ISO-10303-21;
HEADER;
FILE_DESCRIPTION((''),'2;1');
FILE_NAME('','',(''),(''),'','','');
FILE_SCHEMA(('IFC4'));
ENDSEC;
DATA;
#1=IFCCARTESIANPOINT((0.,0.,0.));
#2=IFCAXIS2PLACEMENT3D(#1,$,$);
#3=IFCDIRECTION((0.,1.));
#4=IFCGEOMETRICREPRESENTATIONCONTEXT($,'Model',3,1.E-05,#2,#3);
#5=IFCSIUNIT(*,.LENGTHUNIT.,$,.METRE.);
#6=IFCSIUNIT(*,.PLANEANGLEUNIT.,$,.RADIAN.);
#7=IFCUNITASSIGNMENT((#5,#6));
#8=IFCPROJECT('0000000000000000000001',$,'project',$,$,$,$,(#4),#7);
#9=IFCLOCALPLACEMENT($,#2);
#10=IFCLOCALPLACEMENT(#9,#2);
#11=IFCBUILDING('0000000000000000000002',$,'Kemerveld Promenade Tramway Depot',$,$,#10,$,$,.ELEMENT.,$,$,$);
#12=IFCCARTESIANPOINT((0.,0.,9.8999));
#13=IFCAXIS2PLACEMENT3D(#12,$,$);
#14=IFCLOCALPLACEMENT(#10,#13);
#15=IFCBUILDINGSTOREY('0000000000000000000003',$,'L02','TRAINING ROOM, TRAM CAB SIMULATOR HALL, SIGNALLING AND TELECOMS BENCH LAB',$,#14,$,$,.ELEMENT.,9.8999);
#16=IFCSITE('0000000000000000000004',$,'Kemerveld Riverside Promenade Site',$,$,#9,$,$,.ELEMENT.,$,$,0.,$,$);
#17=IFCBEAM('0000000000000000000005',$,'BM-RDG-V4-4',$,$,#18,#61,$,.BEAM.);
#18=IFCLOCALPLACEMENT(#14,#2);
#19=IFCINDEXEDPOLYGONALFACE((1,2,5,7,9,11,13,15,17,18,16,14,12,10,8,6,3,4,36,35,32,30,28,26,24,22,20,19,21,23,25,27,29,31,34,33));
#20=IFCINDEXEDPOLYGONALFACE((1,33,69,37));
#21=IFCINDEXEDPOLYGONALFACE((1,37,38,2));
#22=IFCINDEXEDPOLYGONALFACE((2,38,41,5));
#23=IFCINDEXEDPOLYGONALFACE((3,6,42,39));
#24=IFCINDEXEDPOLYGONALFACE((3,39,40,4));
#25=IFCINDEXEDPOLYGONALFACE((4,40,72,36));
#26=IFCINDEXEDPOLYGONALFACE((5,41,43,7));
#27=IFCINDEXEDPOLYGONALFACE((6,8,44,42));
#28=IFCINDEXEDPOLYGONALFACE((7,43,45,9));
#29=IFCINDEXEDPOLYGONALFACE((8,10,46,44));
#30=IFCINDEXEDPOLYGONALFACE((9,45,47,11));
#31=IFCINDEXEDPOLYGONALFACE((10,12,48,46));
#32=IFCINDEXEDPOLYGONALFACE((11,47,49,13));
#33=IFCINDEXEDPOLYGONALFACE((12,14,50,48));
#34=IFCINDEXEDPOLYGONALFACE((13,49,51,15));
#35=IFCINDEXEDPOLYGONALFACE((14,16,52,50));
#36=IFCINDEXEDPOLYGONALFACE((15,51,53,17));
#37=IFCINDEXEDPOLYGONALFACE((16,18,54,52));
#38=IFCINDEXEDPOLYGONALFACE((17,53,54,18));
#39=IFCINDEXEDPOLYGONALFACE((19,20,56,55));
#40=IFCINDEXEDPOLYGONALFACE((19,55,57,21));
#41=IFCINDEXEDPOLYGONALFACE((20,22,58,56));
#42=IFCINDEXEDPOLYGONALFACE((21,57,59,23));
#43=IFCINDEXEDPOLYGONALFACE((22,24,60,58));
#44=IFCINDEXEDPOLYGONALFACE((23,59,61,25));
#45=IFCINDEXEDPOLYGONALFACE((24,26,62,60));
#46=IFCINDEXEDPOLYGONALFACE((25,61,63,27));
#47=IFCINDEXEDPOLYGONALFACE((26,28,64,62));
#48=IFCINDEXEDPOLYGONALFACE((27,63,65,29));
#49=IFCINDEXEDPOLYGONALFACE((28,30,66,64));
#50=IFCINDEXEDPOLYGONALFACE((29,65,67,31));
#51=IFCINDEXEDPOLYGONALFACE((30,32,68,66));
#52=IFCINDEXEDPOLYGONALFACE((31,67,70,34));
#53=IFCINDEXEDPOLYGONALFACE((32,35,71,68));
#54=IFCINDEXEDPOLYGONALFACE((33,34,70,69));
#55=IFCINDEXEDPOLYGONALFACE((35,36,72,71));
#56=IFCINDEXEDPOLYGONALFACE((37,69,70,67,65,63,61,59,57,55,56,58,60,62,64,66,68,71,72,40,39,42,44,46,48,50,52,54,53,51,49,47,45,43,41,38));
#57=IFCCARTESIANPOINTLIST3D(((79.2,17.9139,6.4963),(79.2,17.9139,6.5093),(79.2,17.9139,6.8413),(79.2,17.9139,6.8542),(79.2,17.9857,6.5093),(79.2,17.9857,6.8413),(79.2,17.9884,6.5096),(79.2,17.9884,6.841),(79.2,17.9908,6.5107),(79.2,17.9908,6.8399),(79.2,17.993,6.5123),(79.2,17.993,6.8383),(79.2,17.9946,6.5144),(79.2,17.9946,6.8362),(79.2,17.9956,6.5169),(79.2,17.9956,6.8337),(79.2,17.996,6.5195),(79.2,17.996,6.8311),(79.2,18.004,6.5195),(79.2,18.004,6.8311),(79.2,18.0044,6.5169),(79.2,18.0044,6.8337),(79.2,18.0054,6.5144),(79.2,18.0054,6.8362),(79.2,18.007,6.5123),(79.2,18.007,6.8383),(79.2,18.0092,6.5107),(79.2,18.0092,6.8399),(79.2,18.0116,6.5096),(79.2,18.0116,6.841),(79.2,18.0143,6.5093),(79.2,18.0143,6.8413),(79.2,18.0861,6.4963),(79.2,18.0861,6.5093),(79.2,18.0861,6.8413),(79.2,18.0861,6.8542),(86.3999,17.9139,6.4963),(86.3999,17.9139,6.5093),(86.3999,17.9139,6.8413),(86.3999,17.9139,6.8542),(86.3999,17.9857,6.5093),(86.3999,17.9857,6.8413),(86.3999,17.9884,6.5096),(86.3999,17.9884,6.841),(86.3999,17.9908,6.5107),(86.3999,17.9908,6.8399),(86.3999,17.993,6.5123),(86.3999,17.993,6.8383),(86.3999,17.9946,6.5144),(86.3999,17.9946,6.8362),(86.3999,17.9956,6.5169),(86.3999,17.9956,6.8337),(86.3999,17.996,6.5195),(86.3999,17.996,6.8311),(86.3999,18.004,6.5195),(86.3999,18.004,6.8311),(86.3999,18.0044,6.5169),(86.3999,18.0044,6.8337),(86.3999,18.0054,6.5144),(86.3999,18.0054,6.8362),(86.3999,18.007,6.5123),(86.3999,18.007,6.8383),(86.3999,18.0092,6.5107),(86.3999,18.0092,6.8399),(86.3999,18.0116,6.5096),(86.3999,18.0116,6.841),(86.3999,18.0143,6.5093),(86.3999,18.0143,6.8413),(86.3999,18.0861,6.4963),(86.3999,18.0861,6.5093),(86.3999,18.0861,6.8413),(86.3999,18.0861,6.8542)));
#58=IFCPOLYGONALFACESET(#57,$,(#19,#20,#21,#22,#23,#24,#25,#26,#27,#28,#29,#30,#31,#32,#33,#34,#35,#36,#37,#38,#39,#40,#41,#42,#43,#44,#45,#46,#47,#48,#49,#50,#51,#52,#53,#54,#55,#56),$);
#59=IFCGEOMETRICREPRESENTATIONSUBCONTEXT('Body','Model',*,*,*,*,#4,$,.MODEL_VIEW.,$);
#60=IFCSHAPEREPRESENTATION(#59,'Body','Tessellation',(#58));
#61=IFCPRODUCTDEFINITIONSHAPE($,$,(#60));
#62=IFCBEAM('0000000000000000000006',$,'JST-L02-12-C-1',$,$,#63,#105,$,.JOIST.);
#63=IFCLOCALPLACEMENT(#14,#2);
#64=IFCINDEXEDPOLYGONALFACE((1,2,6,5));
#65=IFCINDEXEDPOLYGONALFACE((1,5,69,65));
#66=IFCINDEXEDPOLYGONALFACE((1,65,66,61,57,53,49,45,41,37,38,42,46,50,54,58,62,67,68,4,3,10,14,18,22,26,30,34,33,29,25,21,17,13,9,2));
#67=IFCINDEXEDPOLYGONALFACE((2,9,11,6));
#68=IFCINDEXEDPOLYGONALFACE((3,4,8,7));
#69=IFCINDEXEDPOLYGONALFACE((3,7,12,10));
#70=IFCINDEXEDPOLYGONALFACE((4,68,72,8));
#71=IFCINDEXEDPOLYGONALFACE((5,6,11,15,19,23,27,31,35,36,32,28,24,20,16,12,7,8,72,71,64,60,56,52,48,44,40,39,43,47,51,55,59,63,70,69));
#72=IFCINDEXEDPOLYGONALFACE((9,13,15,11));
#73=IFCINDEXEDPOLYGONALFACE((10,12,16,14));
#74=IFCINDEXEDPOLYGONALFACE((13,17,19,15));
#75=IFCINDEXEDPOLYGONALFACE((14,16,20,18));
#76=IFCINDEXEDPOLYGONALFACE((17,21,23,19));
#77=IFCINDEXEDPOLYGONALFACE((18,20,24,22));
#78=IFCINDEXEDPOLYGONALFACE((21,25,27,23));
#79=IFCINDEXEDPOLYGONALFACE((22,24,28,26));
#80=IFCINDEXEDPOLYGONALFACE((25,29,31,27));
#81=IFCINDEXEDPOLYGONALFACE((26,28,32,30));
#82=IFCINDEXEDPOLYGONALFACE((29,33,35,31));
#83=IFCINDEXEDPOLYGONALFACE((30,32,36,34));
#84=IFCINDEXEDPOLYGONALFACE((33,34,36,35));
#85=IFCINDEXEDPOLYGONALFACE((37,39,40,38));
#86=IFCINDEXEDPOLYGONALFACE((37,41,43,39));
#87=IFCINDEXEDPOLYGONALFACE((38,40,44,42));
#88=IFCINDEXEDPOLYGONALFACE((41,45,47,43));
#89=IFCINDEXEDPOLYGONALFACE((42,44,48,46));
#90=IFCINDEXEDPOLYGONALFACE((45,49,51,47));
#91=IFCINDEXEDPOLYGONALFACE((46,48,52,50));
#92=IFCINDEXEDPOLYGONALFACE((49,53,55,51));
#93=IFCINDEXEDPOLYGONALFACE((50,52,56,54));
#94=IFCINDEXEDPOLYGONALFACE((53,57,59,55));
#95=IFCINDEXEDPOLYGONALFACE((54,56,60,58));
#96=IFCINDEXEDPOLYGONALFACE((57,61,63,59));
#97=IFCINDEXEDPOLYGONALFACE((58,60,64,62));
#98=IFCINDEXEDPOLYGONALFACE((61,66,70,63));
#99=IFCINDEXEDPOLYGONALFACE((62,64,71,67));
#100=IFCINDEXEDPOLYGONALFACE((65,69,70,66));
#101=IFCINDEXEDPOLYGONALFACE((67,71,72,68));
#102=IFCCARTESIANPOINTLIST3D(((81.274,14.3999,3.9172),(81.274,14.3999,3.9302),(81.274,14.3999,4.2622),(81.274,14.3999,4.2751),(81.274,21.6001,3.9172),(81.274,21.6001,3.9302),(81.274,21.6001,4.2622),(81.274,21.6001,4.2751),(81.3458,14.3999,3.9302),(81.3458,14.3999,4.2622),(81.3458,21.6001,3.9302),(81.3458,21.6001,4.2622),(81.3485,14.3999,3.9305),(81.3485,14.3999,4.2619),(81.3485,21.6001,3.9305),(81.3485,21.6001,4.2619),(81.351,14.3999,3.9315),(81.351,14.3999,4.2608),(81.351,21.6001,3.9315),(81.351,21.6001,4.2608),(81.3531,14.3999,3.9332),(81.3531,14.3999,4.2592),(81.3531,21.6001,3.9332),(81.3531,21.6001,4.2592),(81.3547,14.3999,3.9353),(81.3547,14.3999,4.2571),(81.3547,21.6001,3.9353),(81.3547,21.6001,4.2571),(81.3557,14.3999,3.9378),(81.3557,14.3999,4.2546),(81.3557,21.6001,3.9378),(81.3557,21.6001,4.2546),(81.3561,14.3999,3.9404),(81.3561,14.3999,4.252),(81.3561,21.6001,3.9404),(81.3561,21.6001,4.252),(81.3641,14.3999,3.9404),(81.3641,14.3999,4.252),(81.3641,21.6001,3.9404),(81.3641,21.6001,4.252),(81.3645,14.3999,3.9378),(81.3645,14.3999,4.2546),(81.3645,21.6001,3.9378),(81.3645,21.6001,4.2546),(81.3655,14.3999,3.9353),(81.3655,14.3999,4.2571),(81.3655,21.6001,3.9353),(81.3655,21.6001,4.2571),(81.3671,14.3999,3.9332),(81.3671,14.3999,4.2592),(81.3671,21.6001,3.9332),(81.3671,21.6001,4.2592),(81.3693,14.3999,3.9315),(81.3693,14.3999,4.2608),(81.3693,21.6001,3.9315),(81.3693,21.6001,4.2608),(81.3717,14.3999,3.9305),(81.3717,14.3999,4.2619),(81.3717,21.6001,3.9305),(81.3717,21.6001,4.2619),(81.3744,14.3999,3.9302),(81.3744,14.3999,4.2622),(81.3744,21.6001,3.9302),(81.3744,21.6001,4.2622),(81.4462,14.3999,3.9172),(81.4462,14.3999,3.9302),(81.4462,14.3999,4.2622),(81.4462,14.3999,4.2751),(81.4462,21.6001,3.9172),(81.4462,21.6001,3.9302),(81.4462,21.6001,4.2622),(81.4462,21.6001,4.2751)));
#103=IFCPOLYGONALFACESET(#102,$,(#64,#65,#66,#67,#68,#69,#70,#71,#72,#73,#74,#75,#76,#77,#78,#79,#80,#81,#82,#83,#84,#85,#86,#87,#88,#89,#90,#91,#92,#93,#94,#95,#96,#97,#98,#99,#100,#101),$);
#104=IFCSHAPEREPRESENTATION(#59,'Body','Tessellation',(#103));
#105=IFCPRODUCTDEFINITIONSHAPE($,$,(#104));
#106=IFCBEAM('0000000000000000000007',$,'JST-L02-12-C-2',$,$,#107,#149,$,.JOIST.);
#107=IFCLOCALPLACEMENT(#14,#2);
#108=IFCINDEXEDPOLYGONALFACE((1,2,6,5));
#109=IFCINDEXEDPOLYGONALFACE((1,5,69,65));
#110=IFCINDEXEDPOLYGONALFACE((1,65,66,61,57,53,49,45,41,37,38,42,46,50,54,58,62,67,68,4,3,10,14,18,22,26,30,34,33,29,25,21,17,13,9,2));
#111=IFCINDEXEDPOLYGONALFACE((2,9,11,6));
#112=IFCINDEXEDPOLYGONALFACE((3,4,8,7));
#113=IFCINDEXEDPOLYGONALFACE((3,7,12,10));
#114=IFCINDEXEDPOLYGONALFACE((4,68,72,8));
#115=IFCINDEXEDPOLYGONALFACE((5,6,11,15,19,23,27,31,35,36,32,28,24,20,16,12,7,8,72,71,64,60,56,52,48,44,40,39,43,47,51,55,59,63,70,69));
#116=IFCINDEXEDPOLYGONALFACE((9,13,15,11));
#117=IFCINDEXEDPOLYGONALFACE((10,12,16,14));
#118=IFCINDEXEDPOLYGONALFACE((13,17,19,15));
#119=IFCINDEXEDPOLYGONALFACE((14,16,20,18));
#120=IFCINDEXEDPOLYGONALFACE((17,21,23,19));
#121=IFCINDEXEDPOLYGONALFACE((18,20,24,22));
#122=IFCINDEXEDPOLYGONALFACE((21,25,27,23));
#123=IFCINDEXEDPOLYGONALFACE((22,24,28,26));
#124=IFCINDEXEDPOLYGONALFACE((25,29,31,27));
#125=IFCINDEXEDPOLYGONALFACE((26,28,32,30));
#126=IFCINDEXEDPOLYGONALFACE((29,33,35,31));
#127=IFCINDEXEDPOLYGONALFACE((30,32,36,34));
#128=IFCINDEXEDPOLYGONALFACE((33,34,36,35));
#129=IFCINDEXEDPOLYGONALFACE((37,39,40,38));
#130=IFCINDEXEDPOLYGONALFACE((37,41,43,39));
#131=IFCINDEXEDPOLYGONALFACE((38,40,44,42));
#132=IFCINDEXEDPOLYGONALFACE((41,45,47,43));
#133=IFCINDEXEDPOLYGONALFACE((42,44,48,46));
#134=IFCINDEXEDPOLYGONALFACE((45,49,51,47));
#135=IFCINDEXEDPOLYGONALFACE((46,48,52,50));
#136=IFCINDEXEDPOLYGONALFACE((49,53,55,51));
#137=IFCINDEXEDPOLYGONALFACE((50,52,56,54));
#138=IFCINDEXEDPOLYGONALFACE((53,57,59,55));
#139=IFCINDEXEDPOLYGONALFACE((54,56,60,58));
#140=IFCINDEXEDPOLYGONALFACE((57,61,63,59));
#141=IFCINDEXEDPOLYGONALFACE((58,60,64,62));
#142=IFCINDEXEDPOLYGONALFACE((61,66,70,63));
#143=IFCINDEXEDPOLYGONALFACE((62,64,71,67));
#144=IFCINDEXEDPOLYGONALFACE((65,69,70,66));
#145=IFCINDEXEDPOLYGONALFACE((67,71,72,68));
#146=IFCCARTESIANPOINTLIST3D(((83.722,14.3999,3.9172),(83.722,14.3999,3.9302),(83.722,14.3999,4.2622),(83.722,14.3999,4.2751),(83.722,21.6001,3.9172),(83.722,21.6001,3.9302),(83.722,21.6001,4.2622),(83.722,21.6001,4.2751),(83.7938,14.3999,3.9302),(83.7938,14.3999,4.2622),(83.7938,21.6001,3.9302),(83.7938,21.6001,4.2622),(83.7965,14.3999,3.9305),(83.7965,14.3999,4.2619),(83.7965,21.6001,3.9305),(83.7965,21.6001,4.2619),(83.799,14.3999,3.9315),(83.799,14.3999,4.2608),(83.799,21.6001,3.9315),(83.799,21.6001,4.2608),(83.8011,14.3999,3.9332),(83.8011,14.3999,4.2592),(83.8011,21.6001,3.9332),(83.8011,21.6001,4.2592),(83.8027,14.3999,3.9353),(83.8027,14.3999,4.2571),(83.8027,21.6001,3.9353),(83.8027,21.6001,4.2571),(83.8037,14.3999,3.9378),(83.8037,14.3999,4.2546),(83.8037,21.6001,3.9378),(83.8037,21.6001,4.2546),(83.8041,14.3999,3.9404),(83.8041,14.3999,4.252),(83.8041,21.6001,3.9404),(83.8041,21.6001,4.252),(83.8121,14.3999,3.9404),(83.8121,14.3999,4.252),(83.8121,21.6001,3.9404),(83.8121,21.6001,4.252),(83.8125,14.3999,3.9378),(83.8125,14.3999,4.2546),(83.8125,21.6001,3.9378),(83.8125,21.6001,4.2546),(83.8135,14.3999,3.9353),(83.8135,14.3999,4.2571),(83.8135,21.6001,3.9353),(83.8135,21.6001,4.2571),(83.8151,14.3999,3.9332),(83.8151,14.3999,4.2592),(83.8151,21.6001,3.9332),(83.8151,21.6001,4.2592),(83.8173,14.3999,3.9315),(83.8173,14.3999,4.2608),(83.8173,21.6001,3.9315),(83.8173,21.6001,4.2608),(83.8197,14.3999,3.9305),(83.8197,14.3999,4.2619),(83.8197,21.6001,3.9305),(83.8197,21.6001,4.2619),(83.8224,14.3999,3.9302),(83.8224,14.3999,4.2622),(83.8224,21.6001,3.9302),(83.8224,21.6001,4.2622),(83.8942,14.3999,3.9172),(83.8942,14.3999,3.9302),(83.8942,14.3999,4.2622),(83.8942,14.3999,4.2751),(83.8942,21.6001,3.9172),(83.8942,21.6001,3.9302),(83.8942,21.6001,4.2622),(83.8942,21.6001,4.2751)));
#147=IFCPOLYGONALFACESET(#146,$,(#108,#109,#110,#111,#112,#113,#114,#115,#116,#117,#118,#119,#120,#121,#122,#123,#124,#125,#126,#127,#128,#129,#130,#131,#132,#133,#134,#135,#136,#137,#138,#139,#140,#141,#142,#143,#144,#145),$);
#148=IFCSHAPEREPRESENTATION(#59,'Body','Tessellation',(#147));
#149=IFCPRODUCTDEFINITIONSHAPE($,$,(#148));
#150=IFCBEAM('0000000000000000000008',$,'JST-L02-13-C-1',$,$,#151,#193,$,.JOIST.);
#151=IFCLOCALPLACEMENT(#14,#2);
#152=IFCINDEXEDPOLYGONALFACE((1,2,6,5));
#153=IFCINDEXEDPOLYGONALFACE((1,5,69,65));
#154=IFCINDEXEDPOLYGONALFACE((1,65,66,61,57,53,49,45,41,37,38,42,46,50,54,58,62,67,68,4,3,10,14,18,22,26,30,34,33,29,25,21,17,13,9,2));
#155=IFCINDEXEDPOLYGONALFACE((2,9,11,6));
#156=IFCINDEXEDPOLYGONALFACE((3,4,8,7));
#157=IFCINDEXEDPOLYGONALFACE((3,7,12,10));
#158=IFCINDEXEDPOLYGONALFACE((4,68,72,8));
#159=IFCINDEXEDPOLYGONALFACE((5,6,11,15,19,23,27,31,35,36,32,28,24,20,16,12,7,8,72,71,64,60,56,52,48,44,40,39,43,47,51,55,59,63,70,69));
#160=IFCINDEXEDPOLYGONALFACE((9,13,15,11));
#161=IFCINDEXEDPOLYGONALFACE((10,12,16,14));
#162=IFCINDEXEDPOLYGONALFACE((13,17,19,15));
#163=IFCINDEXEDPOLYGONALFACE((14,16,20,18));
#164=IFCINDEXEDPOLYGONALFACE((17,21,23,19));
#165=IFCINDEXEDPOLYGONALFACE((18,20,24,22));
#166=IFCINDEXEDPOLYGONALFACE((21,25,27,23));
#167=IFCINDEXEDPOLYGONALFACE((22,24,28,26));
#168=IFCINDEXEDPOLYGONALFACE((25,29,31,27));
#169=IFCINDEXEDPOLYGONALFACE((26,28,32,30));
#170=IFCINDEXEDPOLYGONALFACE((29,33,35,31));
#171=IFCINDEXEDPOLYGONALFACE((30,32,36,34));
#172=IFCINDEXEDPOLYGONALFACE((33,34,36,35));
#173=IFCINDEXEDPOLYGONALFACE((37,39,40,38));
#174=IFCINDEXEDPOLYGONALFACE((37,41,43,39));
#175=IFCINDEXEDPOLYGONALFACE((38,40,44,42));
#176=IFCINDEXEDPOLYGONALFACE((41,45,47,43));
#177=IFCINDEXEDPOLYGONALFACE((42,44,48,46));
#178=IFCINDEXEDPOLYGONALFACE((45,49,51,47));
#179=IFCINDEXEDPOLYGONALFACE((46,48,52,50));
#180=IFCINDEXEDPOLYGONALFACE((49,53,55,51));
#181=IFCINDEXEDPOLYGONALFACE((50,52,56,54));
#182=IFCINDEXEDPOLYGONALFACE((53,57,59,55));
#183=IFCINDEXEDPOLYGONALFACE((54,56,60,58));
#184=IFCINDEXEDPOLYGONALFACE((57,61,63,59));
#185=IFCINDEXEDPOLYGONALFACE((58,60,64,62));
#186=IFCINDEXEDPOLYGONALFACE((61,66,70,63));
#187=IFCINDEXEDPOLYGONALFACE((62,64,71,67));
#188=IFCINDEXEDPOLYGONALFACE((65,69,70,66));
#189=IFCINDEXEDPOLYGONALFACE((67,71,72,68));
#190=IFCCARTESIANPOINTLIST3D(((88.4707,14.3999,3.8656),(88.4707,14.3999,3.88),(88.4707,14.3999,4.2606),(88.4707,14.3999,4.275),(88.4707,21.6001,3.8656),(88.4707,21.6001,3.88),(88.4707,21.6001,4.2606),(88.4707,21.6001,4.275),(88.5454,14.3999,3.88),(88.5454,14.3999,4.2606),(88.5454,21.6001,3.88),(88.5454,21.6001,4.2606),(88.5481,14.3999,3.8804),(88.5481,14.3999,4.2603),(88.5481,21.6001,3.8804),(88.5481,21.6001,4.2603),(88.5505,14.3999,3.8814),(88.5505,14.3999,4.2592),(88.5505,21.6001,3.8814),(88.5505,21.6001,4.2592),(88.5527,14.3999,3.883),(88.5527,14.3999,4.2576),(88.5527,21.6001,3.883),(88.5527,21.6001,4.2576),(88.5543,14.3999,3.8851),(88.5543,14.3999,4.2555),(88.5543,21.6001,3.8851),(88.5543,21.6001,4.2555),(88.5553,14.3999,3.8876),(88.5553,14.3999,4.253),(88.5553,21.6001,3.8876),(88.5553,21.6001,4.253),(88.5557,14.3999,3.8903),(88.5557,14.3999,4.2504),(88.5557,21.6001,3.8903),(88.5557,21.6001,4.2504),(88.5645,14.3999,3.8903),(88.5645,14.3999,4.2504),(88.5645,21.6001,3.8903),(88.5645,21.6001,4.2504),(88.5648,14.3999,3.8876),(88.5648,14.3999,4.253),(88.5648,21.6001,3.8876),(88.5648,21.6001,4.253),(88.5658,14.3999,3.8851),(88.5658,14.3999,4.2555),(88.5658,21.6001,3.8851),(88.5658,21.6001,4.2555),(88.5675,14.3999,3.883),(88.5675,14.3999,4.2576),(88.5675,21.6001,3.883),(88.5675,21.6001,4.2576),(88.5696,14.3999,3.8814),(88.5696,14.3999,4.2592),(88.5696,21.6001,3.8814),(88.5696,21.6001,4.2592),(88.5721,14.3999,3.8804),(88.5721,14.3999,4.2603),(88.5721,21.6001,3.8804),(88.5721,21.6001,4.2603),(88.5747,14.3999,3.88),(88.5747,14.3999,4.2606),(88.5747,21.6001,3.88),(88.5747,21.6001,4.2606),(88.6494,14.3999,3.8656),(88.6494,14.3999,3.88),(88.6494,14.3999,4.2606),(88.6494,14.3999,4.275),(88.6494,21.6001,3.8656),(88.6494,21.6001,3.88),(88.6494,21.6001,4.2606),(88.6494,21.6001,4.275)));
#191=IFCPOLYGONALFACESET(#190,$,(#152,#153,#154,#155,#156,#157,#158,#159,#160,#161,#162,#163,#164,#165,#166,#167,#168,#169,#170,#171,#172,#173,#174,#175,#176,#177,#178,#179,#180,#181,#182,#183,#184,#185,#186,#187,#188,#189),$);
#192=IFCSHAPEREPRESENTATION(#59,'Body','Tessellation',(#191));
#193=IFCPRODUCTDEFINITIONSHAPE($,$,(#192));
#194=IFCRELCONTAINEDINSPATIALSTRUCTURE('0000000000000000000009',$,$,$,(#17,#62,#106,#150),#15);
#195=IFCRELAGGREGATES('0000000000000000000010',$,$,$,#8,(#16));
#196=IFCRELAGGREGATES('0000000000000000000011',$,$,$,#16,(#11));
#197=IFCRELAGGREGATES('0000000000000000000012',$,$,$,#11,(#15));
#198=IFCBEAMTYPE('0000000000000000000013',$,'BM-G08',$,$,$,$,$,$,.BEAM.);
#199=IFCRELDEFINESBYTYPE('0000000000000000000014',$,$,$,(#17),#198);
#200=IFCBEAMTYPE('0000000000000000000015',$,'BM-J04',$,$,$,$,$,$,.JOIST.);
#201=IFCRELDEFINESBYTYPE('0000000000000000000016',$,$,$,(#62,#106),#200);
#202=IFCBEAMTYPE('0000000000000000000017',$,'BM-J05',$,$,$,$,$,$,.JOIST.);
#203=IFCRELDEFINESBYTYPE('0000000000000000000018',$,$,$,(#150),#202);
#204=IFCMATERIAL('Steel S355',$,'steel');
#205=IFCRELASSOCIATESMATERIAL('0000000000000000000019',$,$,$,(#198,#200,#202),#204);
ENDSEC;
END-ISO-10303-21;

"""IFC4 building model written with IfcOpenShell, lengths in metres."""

from ifc_helpers import new_model, si_unit, direction, frame, origin, origin_2d, place, context, subcontext, project, spatial, i_section, extrude, material, material_profile, profile_set, type_object, element, save


model = new_model("IFC4")

# Units and contexts
model_context = context("Model", 3, precision=1e-05, world=origin(), true_north=direction((0.0, 1.0)))
body_context = subcontext(model_context, "Body", "Model", "MODEL_VIEW")
ifc_project = project(units=[si_unit("LENGTHUNIT", "METRE"), si_unit("PLANEANGLEUNIT", "RADIAN")], contexts=[model_context])

# Site, building, storey
site_placement = place(None, origin())
site = spatial("IfcSite", under=ifc_project, at=site_placement, Name="Kemerveld Riverside Promenade Site", CompositionType="ELEMENT", RefElevation=0.0)
building_placement = place(site_placement, origin())
building = spatial("IfcBuilding", under=site, at=building_placement, Name="Kemerveld Promenade Tramway Depot", CompositionType="ELEMENT")
storey_placement = place(building_placement, frame((0.0, 0.0, 9.8999)))
storey = spatial("IfcBuildingStorey", under=building, at=storey_placement, Name="L02", Description="TRAINING ROOM, TRAM CAB SIMULATOR HALL, SIGNALLING AND TELECOMS BENCH LAB", CompositionType="ELEMENT", Elevation=9.8999)

# Shared definitions
ifc_material_1 = material(Name="Steel S355", Category="steel")

# Beams
ifc_material_profile_1 = material_profile(ifc_material_1, i_section(OverallWidth=0.1721, OverallDepth=0.3579, WebThickness=0.0081, FlangeThickness=0.0129, FilletRadius=0.0103, at=origin_2d()), Name="356x171x57 UB")
ifc_profile_set_1 = profile_set([ifc_material_profile_1], Name="Steel S355")
beam_type_1 = type_object("IfcBeamType", Name="BM-G08", PredefinedType="BEAM", material=ifc_profile_set_1)
beam_1_placement = place(storey_placement, frame((79.2, 18.0, 6.6753), z_axis=(1.0, 0.0, 0.0), x_axis=(0.0, 1.0, 0.0)))
element("IfcBeam", 1, at=beam_1_placement, inside=storey, type_object=beam_type_1, Name="BM-RDG-V4-4", PredefinedType="BEAM", context=body_context, shape_type="SweptSolid", body=[
    extrude(i_section(OverallWidth=0.1721, OverallDepth=0.3579, WebThickness=0.0081, FlangeThickness=0.0129, FilletRadius=0.0103, at=origin_2d()), origin(), (0.0, 0.0, 1.0), 7.2),
])
ifc_material_profile_2 = material_profile(ifc_material_1, i_section(OverallWidth=0.1721, OverallDepth=0.3579, WebThickness=0.0081, FlangeThickness=0.0129, FilletRadius=0.0103, at=origin_2d()), Name="356x171x57 UB")
ifc_profile_set_2 = profile_set([ifc_material_profile_2], Name="Steel S355")
beam_type_2 = type_object("IfcBeamType", Name="BM-J04", PredefinedType="JOIST", material=ifc_profile_set_2)
for number, where, z_axis, x_axis, name in (
    (2, (81.3601, 14.3999, 4.0962), (0.0, 1.0, 0.0), (-1.0, 0.0, 0.0), "JST-L02-12-C-1"),
    (3, (83.8081, 14.3999, 4.0962), (0.0, 1.0, 0.0), (-1.0, 0.0, 0.0), "JST-L02-12-C-2"),
):
    element("IfcBeam", number, at=place(storey_placement, frame(where, z_axis=z_axis, x_axis=x_axis)), inside=storey, type_object=beam_type_2, Name=name, PredefinedType="JOIST", context=body_context, shape_type="SweptSolid", body=[
        extrude(i_section(OverallWidth=0.1721, OverallDepth=0.3579, WebThickness=0.0081, FlangeThickness=0.0129, FilletRadius=0.0103, at=origin_2d()), origin(), (0.0, 0.0, 1.0), 7.2002),
    ])
ifc_material_profile_3 = material_profile(ifc_material_1, i_section(OverallWidth=0.1787, OverallDepth=0.4094, WebThickness=0.0088, FlangeThickness=0.0144, FilletRadius=0.0103, at=origin_2d()), Name="406x178x67 UB")
ifc_profile_set_3 = profile_set([ifc_material_profile_3], Name="Steel S355")
beam_type_3 = type_object("IfcBeamType", Name="BM-J05", PredefinedType="JOIST", material=ifc_profile_set_3)
beam_2_placement = place(storey_placement, frame((88.5601, 14.3999, 4.0703), z_axis=(0.0, 1.0, 0.0), x_axis=(-1.0, 0.0, 0.0)))
element("IfcBeam", 4, at=beam_2_placement, inside=storey, type_object=beam_type_3, Name="JST-L02-13-C-1", PredefinedType="JOIST", context=body_context, shape_type="SweptSolid", body=[
    extrude(i_section(OverallWidth=0.1787, OverallDepth=0.4094, WebThickness=0.0088, FlangeThickness=0.0144, FilletRadius=0.0103, at=origin_2d()), origin(), (0.0, 0.0, 1.0), 7.2002),
])

save(model, "model.ifc")
